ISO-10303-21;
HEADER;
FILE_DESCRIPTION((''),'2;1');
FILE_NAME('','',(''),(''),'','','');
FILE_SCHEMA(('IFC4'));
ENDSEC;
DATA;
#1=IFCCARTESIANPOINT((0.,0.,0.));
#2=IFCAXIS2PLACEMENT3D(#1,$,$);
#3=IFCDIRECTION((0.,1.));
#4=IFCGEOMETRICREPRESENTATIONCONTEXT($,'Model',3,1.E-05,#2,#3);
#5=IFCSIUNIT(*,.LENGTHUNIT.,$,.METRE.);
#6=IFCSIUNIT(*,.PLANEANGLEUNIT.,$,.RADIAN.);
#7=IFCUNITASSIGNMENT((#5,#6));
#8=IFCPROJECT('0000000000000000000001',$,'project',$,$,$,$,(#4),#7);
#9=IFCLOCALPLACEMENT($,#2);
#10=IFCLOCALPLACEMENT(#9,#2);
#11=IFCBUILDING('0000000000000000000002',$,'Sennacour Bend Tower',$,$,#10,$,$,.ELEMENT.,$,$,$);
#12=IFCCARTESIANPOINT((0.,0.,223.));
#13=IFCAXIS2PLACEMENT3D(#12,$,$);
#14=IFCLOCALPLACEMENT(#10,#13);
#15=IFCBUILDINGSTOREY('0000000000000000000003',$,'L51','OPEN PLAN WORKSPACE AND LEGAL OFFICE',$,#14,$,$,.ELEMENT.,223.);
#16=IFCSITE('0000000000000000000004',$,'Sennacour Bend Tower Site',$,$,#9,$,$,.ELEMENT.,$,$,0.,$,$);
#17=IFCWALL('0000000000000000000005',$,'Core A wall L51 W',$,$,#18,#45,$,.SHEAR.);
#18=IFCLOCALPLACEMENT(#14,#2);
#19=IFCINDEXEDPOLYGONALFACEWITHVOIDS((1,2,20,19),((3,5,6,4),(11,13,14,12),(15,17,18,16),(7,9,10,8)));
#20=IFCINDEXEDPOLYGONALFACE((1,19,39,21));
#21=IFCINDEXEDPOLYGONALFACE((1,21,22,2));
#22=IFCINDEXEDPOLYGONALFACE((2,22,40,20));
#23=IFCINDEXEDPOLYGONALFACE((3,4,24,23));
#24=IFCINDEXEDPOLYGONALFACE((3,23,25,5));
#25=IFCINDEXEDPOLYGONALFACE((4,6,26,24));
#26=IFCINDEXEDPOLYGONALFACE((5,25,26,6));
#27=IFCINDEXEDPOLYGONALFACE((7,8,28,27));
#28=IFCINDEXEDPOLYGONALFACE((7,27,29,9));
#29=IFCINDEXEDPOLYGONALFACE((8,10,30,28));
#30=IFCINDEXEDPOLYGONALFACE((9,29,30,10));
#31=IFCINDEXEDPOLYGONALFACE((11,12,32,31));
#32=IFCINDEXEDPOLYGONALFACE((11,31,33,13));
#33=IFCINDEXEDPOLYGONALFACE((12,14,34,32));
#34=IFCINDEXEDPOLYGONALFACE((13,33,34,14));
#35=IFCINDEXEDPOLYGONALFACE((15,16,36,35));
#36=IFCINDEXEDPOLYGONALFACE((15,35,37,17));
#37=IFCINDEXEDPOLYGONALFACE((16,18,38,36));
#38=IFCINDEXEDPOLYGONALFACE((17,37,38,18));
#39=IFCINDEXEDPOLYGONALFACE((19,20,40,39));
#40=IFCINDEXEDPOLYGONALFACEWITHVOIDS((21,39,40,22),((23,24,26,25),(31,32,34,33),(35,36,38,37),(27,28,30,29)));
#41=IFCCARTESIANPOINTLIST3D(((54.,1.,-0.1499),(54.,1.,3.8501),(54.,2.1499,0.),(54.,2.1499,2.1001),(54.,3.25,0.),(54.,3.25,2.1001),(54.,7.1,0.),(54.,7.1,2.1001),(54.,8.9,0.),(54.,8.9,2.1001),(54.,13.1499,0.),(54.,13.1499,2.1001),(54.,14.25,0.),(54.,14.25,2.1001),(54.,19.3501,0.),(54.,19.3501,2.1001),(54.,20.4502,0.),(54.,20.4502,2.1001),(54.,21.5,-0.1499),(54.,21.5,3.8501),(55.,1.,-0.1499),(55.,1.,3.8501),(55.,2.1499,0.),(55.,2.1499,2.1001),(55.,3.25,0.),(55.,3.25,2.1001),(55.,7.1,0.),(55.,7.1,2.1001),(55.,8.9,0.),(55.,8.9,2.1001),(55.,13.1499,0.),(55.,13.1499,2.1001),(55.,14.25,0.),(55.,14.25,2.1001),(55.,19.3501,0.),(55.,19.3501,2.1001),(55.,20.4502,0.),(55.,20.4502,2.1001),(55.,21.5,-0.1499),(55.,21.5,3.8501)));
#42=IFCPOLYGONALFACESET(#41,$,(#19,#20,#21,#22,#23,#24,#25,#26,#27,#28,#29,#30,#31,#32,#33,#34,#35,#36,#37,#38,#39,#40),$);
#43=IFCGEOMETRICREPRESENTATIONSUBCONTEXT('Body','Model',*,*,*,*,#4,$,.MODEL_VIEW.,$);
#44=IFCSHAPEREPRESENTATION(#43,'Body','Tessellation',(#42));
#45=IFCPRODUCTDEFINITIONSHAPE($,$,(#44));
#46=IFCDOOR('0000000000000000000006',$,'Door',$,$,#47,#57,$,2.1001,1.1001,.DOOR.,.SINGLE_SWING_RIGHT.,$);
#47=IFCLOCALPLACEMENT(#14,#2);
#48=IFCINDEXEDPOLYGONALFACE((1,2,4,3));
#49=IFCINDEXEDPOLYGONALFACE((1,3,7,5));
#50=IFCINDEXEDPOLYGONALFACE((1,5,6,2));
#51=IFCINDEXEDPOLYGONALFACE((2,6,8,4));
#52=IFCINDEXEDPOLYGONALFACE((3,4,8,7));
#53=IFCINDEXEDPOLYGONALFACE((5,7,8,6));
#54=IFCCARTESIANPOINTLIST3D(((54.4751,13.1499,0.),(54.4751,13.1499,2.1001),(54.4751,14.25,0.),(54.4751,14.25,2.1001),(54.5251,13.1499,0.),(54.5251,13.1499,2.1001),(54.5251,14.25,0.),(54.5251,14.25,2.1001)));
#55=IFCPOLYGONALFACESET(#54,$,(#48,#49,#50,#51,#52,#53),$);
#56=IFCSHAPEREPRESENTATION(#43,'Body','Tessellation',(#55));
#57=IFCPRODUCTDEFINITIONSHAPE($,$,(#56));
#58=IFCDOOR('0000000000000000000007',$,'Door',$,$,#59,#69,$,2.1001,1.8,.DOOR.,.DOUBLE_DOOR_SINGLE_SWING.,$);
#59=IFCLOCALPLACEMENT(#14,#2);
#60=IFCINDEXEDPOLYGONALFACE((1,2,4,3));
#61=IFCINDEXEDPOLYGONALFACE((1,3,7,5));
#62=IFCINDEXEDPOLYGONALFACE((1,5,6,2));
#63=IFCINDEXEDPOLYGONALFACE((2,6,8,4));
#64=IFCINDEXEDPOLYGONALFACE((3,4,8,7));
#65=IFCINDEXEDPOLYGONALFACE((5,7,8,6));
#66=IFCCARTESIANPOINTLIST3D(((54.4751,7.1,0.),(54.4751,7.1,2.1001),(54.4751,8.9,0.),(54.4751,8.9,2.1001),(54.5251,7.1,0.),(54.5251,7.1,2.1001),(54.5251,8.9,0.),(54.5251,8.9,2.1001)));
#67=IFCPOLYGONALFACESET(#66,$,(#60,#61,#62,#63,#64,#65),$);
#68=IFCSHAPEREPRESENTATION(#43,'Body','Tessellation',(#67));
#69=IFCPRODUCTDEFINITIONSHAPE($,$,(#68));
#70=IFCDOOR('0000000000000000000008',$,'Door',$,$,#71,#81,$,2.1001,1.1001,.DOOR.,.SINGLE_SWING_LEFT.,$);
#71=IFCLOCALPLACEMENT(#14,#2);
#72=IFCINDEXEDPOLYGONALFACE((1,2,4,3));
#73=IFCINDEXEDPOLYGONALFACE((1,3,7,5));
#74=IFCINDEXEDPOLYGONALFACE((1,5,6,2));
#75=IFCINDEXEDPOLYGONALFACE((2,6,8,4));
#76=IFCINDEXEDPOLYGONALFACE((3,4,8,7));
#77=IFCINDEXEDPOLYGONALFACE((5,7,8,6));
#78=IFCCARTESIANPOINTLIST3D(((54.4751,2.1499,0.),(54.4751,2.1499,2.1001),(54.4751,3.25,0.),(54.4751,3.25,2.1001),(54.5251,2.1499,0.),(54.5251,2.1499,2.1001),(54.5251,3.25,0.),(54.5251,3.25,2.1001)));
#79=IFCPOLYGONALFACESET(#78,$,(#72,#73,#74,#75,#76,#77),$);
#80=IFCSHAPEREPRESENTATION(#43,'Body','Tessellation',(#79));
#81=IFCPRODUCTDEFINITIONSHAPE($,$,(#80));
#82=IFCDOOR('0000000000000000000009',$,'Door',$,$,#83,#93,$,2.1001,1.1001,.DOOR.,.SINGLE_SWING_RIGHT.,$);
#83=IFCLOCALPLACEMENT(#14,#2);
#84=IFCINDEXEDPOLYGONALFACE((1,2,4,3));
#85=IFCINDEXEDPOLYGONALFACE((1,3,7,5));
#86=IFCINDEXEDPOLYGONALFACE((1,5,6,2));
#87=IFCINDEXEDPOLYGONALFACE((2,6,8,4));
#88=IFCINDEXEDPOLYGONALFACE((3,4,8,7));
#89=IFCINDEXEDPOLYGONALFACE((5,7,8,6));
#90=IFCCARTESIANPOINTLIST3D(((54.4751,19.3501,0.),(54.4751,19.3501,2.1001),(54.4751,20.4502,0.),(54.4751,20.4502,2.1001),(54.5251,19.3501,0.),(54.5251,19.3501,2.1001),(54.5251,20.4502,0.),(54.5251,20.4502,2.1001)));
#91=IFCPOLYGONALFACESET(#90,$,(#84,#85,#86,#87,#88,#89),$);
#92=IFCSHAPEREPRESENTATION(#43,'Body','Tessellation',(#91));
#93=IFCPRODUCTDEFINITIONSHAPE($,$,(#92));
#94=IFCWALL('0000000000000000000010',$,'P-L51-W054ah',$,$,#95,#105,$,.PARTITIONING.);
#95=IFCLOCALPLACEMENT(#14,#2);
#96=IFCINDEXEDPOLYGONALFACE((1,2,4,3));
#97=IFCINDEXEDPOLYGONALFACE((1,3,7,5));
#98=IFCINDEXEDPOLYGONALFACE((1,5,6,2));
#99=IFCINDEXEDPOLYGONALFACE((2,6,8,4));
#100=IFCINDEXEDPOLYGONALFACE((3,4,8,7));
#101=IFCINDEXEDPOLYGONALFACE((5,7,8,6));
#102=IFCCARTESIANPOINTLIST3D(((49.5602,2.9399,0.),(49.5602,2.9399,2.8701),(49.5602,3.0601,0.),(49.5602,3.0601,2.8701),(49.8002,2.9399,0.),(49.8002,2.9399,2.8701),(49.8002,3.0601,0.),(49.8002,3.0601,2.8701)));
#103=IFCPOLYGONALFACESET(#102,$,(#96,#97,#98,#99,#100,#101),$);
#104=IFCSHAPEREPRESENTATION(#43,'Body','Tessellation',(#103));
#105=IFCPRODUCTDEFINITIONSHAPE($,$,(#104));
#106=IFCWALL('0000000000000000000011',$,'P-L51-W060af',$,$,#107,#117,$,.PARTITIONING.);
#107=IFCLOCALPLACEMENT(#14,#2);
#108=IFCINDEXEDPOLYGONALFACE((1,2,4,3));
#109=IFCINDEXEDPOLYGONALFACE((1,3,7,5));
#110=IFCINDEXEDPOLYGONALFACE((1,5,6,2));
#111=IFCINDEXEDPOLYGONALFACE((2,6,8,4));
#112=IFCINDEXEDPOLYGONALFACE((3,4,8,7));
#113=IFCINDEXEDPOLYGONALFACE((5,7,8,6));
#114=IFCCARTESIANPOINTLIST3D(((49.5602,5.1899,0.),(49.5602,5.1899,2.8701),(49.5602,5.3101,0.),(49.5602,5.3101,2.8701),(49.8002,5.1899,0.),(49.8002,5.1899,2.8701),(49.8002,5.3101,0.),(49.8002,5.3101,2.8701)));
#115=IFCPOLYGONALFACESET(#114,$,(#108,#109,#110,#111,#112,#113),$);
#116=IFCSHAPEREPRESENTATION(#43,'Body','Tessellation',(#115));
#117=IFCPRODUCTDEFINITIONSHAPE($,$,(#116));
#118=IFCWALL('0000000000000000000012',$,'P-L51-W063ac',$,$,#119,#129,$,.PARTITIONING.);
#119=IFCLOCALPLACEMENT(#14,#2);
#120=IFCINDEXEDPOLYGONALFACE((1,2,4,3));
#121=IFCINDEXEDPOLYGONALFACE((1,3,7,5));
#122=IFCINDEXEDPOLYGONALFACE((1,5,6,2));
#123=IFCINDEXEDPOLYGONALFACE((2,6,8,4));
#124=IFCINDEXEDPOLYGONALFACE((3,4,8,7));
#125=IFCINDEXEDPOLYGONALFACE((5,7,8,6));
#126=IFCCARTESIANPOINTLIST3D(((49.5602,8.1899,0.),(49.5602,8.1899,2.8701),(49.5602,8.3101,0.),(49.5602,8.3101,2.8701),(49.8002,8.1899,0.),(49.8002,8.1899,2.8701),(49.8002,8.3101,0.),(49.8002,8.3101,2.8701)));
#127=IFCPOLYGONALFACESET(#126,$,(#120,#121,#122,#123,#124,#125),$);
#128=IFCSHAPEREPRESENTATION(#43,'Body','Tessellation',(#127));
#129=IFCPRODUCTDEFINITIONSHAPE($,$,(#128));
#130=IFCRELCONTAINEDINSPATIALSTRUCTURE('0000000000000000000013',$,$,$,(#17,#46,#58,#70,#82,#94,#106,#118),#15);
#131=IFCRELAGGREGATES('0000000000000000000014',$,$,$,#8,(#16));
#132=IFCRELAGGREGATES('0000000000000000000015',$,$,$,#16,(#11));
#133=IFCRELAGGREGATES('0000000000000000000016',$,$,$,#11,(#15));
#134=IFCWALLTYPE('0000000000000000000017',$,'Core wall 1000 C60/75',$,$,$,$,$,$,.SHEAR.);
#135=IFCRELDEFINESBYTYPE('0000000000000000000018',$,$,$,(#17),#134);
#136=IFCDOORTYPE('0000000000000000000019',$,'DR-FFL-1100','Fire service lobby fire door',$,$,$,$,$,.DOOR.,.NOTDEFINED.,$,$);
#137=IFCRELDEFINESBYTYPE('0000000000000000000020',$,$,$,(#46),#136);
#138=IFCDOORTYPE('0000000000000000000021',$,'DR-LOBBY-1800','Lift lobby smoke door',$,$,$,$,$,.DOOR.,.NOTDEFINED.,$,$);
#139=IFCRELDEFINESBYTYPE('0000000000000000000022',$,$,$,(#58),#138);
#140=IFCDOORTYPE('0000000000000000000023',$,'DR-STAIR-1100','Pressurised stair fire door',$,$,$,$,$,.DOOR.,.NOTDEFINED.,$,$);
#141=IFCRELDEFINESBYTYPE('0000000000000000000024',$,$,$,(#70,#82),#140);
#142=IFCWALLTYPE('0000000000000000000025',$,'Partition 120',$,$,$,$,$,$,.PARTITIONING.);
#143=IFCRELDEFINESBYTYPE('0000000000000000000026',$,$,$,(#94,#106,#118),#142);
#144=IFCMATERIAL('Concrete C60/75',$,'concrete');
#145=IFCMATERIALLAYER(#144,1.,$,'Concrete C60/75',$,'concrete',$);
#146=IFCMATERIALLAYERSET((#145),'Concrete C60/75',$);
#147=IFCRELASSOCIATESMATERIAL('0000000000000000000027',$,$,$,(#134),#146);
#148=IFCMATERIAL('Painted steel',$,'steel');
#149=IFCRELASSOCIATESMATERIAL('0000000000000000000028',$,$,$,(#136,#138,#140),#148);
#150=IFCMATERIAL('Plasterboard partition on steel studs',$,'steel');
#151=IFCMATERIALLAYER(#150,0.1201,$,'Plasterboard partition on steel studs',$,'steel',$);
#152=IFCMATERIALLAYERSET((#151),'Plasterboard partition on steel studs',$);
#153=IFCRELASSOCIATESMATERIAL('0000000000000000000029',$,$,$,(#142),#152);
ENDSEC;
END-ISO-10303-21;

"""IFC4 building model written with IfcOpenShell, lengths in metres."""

from ifc_helpers import new_model, si_unit, direction, frame, frame_2d, origin, place, context, subcontext, project, spatial, rectangle, extrude, material, layer, layer_set, type_object, element, fill, save


model = new_model("IFC4")

# Units and contexts
model_context = context("Model", 3, precision=1e-05, world=origin(), true_north=direction((0.0, 1.0)))
body_context = subcontext(model_context, "Body", "Model", "MODEL_VIEW")
ifc_project = project(units=[si_unit("LENGTHUNIT", "METRE"), si_unit("PLANEANGLEUNIT", "RADIAN")], contexts=[model_context])

# Site, building, storey
site_placement = place(None, origin())
site = spatial("IfcSite", under=ifc_project, at=site_placement, Name="Sennacour Bend Tower Site", CompositionType="ELEMENT", RefElevation=0.0)
building_placement = place(site_placement, origin())
building = spatial("IfcBuilding", under=site, at=building_placement, Name="Sennacour Bend Tower", CompositionType="ELEMENT")
storey_placement = place(building_placement, frame((0.0, 0.0, 223.0)))
storey = spatial("IfcBuildingStorey", under=building, at=storey_placement, Name="L51", Description="OPEN PLAN WORKSPACE AND LEGAL OFFICE", CompositionType="ELEMENT", Elevation=223.0)

# Wall, openings, doors
ifc_material_1 = material(Name="Concrete C60/75", Category="concrete")
ifc_layer_1 = layer(ifc_material_1, 1.0, Name="Concrete C60/75", Category="concrete")
ifc_layer_set_1 = layer_set([ifc_layer_1], Name="Concrete C60/75")
wall_type_1 = type_object("IfcWallType", Name="Core wall 1000 C60/75", PredefinedType="SHEAR", material=ifc_layer_set_1)
wall_1_placement = place(storey_placement, frame((54.5, 1.0, -0.1499), z_axis=(0.0, 0.0, 1.0), x_axis=(0.0, 1.0, 0.0)))
wall_1 = element("IfcWall", 1, at=wall_1_placement, inside=storey, type_object=wall_type_1, Name="Core A wall L51 W", PredefinedType="SHEAR", context=body_context, shape_type="SweptSolid", body=[
    extrude(rectangle(XDim=20.5, YDim=1.0, at=frame_2d((10.25, 0.0))), origin(), (0.0, 0.0, 1.0), 4.0),
])
opening_1_placement = place(wall_1_placement, frame((6.1001, 0.0, 0.1499)))
opening_1 = element("IfcOpeningElement", 2, at=opening_1_placement, cuts=wall_1, PredefinedType="OPENING", context=body_context, shape_type="SweptSolid", body=[
    extrude(rectangle(XDim=1.8, YDim=2.1001, at=frame_2d((0.8999, 1.05))), frame((0.0, 0.51, 0.0), z_axis=(0.0, -1.0, 0.0), x_axis=(1.0, 0.0, 0.0)), (0.0, 0.0, 1.0), 1.02),
])
opening_2_placement = place(wall_1_placement, frame((12.1499, 0.0, 0.1499)))
opening_2 = element("IfcOpeningElement", 3, at=opening_2_placement, cuts=wall_1, PredefinedType="OPENING", context=body_context, shape_type="SweptSolid", body=[
    extrude(rectangle(XDim=1.1001, YDim=2.1001, at=frame_2d((0.55, 1.05))), frame((0.0, 0.51, 0.0), z_axis=(0.0, -1.0, 0.0), x_axis=(1.0, 0.0, 0.0)), (0.0, 0.0, 1.0), 1.02),
])
opening_3_placement = place(wall_1_placement, frame((1.1499, 0.0, 0.1499)))
opening_3 = element("IfcOpeningElement", 4, at=opening_3_placement, cuts=wall_1, PredefinedType="OPENING", context=body_context, shape_type="SweptSolid", body=[
    extrude(rectangle(XDim=1.1001, YDim=2.1001, at=frame_2d((0.55, 1.05))), frame((0.0, 0.51, 0.0), z_axis=(0.0, -1.0, 0.0), x_axis=(1.0, 0.0, 0.0)), (0.0, 0.0, 1.0), 1.02),
])
opening_4_placement = place(wall_1_placement, frame((18.3501, 0.0, 0.1499)))
opening_4 = element("IfcOpeningElement", 5, at=opening_4_placement, cuts=wall_1, PredefinedType="OPENING", context=body_context, shape_type="SweptSolid", body=[
    extrude(rectangle(XDim=1.1001, YDim=2.1001, at=frame_2d((0.55, 1.05))), frame((0.0, 0.51, 0.0), z_axis=(0.0, -1.0, 0.0), x_axis=(1.0, 0.0, 0.0)), (0.0, 0.0, 1.0), 1.02),
])
ifc_material_2 = material(Name="Painted steel", Category="steel")
door_type_1 = type_object("IfcDoorType", Name="DR-FFL-1100", Description="Fire service lobby fire door", OperationType="NOTDEFINED", PredefinedType="DOOR", material=ifc_material_2)
door_1_placement = place(opening_2_placement, origin())
door_1 = element("IfcDoor", 6, at=door_1_placement, inside=storey, type_object=door_type_1, Name="Door", OperationType="SINGLE_SWING_RIGHT", OverallHeight=2.1001, OverallWidth=1.1001, PredefinedType="DOOR", context=body_context, shape_type="SweptSolid", body=[
    extrude(rectangle(XDim=1.1001, YDim=2.1001, at=frame_2d((0.55, 1.05))), frame((0.0, 0.0249, 0.0), z_axis=(0.0, -1.0, 0.0), x_axis=(1.0, 0.0, 0.0)), (0.0, 0.0, 1.0), 0.05),
])
fill(opening_2, door_1)
door_type_2 = type_object("IfcDoorType", Name="DR-LOBBY-1800", Description="Lift lobby smoke door", OperationType="NOTDEFINED", PredefinedType="DOOR", material=ifc_material_2)
door_2_placement = place(opening_1_placement, origin())
door_2 = element("IfcDoor", 7, at=door_2_placement, inside=storey, type_object=door_type_2, Name="Door", OperationType="DOUBLE_DOOR_SINGLE_SWING", OverallHeight=2.1001, OverallWidth=1.8, PredefinedType="DOOR", context=body_context, shape_type="SweptSolid", body=[
    extrude(rectangle(XDim=1.8, YDim=2.1001, at=frame_2d((0.8999, 1.05))), frame((0.0, 0.0249, 0.0), z_axis=(0.0, -1.0, 0.0), x_axis=(1.0, 0.0, 0.0)), (0.0, 0.0, 1.0), 0.05),
])
fill(opening_1, door_2)
door_type_3 = type_object("IfcDoorType", Name="DR-STAIR-1100", Description="Pressurised stair fire door", OperationType="NOTDEFINED", PredefinedType="DOOR", material=ifc_material_2)
door_3_placement = place(opening_3_placement, origin())
door_3 = element("IfcDoor", 8, at=door_3_placement, inside=storey, type_object=door_type_3, Name="Door", OperationType="SINGLE_SWING_LEFT", OverallHeight=2.1001, OverallWidth=1.1001, PredefinedType="DOOR", context=body_context, shape_type="SweptSolid", body=[
    extrude(rectangle(XDim=1.1001, YDim=2.1001, at=frame_2d((0.55, 1.05))), frame((0.0, 0.0249, 0.0), z_axis=(0.0, -1.0, 0.0), x_axis=(1.0, 0.0, 0.0)), (0.0, 0.0, 1.0), 0.05),
])
fill(opening_3, door_3)
door_4_placement = place(opening_4_placement, origin())
door_4 = element("IfcDoor", 9, at=door_4_placement, inside=storey, type_object=door_type_3, Name="Door", OperationType="SINGLE_SWING_RIGHT", OverallHeight=2.1001, OverallWidth=1.1001, PredefinedType="DOOR", context=body_context, shape_type="SweptSolid", body=[
    extrude(rectangle(XDim=1.1001, YDim=2.1001, at=frame_2d((0.55, 1.05))), frame((0.0, 0.0249, 0.0), z_axis=(0.0, -1.0, 0.0), x_axis=(1.0, 0.0, 0.0)), (0.0, 0.0, 1.0), 0.05),
])
fill(opening_4, door_4)

# Walls
ifc_material_3 = material(Name="Plasterboard partition on steel studs", Category="steel")
ifc_layer_2 = layer(ifc_material_3, 0.1201, Name="Plasterboard partition on steel studs", Category="steel")
ifc_layer_set_2 = layer_set([ifc_layer_2], Name="Plasterboard partition on steel studs")
wall_type_2 = type_object("IfcWallType", Name="Partition 120", PredefinedType="PARTITIONING", material=ifc_layer_set_2)
for number, where, z_axis, x_axis, name in (
    (10, (49.5601, 3.0, 0.0), (0.0, 0.0, 1.0), (1.0, 0.0, 0.0), "P-L51-W054ah"),
    (11, (49.5601, 5.25, 0.0), (0.0, 0.0, 1.0), (1.0, 0.0, 0.0), "P-L51-W060af"),
    (12, (49.5601, 8.25, 0.0), (0.0, 0.0, 1.0), (1.0, 0.0, 0.0), "P-L51-W063ac"),
):
    element("IfcWall", number, at=place(storey_placement, frame(where, z_axis=z_axis, x_axis=x_axis)), inside=storey, type_object=wall_type_2, Name=name, PredefinedType="PARTITIONING", context=body_context, shape_type="SweptSolid", body=[
        extrude(rectangle(XDim=0.24, YDim=0.1201, at=frame_2d((0.1201, 0.0))), origin(), (0.0, 0.0, 1.0), 2.8701),
    ])

save(model, "model.ifc")
